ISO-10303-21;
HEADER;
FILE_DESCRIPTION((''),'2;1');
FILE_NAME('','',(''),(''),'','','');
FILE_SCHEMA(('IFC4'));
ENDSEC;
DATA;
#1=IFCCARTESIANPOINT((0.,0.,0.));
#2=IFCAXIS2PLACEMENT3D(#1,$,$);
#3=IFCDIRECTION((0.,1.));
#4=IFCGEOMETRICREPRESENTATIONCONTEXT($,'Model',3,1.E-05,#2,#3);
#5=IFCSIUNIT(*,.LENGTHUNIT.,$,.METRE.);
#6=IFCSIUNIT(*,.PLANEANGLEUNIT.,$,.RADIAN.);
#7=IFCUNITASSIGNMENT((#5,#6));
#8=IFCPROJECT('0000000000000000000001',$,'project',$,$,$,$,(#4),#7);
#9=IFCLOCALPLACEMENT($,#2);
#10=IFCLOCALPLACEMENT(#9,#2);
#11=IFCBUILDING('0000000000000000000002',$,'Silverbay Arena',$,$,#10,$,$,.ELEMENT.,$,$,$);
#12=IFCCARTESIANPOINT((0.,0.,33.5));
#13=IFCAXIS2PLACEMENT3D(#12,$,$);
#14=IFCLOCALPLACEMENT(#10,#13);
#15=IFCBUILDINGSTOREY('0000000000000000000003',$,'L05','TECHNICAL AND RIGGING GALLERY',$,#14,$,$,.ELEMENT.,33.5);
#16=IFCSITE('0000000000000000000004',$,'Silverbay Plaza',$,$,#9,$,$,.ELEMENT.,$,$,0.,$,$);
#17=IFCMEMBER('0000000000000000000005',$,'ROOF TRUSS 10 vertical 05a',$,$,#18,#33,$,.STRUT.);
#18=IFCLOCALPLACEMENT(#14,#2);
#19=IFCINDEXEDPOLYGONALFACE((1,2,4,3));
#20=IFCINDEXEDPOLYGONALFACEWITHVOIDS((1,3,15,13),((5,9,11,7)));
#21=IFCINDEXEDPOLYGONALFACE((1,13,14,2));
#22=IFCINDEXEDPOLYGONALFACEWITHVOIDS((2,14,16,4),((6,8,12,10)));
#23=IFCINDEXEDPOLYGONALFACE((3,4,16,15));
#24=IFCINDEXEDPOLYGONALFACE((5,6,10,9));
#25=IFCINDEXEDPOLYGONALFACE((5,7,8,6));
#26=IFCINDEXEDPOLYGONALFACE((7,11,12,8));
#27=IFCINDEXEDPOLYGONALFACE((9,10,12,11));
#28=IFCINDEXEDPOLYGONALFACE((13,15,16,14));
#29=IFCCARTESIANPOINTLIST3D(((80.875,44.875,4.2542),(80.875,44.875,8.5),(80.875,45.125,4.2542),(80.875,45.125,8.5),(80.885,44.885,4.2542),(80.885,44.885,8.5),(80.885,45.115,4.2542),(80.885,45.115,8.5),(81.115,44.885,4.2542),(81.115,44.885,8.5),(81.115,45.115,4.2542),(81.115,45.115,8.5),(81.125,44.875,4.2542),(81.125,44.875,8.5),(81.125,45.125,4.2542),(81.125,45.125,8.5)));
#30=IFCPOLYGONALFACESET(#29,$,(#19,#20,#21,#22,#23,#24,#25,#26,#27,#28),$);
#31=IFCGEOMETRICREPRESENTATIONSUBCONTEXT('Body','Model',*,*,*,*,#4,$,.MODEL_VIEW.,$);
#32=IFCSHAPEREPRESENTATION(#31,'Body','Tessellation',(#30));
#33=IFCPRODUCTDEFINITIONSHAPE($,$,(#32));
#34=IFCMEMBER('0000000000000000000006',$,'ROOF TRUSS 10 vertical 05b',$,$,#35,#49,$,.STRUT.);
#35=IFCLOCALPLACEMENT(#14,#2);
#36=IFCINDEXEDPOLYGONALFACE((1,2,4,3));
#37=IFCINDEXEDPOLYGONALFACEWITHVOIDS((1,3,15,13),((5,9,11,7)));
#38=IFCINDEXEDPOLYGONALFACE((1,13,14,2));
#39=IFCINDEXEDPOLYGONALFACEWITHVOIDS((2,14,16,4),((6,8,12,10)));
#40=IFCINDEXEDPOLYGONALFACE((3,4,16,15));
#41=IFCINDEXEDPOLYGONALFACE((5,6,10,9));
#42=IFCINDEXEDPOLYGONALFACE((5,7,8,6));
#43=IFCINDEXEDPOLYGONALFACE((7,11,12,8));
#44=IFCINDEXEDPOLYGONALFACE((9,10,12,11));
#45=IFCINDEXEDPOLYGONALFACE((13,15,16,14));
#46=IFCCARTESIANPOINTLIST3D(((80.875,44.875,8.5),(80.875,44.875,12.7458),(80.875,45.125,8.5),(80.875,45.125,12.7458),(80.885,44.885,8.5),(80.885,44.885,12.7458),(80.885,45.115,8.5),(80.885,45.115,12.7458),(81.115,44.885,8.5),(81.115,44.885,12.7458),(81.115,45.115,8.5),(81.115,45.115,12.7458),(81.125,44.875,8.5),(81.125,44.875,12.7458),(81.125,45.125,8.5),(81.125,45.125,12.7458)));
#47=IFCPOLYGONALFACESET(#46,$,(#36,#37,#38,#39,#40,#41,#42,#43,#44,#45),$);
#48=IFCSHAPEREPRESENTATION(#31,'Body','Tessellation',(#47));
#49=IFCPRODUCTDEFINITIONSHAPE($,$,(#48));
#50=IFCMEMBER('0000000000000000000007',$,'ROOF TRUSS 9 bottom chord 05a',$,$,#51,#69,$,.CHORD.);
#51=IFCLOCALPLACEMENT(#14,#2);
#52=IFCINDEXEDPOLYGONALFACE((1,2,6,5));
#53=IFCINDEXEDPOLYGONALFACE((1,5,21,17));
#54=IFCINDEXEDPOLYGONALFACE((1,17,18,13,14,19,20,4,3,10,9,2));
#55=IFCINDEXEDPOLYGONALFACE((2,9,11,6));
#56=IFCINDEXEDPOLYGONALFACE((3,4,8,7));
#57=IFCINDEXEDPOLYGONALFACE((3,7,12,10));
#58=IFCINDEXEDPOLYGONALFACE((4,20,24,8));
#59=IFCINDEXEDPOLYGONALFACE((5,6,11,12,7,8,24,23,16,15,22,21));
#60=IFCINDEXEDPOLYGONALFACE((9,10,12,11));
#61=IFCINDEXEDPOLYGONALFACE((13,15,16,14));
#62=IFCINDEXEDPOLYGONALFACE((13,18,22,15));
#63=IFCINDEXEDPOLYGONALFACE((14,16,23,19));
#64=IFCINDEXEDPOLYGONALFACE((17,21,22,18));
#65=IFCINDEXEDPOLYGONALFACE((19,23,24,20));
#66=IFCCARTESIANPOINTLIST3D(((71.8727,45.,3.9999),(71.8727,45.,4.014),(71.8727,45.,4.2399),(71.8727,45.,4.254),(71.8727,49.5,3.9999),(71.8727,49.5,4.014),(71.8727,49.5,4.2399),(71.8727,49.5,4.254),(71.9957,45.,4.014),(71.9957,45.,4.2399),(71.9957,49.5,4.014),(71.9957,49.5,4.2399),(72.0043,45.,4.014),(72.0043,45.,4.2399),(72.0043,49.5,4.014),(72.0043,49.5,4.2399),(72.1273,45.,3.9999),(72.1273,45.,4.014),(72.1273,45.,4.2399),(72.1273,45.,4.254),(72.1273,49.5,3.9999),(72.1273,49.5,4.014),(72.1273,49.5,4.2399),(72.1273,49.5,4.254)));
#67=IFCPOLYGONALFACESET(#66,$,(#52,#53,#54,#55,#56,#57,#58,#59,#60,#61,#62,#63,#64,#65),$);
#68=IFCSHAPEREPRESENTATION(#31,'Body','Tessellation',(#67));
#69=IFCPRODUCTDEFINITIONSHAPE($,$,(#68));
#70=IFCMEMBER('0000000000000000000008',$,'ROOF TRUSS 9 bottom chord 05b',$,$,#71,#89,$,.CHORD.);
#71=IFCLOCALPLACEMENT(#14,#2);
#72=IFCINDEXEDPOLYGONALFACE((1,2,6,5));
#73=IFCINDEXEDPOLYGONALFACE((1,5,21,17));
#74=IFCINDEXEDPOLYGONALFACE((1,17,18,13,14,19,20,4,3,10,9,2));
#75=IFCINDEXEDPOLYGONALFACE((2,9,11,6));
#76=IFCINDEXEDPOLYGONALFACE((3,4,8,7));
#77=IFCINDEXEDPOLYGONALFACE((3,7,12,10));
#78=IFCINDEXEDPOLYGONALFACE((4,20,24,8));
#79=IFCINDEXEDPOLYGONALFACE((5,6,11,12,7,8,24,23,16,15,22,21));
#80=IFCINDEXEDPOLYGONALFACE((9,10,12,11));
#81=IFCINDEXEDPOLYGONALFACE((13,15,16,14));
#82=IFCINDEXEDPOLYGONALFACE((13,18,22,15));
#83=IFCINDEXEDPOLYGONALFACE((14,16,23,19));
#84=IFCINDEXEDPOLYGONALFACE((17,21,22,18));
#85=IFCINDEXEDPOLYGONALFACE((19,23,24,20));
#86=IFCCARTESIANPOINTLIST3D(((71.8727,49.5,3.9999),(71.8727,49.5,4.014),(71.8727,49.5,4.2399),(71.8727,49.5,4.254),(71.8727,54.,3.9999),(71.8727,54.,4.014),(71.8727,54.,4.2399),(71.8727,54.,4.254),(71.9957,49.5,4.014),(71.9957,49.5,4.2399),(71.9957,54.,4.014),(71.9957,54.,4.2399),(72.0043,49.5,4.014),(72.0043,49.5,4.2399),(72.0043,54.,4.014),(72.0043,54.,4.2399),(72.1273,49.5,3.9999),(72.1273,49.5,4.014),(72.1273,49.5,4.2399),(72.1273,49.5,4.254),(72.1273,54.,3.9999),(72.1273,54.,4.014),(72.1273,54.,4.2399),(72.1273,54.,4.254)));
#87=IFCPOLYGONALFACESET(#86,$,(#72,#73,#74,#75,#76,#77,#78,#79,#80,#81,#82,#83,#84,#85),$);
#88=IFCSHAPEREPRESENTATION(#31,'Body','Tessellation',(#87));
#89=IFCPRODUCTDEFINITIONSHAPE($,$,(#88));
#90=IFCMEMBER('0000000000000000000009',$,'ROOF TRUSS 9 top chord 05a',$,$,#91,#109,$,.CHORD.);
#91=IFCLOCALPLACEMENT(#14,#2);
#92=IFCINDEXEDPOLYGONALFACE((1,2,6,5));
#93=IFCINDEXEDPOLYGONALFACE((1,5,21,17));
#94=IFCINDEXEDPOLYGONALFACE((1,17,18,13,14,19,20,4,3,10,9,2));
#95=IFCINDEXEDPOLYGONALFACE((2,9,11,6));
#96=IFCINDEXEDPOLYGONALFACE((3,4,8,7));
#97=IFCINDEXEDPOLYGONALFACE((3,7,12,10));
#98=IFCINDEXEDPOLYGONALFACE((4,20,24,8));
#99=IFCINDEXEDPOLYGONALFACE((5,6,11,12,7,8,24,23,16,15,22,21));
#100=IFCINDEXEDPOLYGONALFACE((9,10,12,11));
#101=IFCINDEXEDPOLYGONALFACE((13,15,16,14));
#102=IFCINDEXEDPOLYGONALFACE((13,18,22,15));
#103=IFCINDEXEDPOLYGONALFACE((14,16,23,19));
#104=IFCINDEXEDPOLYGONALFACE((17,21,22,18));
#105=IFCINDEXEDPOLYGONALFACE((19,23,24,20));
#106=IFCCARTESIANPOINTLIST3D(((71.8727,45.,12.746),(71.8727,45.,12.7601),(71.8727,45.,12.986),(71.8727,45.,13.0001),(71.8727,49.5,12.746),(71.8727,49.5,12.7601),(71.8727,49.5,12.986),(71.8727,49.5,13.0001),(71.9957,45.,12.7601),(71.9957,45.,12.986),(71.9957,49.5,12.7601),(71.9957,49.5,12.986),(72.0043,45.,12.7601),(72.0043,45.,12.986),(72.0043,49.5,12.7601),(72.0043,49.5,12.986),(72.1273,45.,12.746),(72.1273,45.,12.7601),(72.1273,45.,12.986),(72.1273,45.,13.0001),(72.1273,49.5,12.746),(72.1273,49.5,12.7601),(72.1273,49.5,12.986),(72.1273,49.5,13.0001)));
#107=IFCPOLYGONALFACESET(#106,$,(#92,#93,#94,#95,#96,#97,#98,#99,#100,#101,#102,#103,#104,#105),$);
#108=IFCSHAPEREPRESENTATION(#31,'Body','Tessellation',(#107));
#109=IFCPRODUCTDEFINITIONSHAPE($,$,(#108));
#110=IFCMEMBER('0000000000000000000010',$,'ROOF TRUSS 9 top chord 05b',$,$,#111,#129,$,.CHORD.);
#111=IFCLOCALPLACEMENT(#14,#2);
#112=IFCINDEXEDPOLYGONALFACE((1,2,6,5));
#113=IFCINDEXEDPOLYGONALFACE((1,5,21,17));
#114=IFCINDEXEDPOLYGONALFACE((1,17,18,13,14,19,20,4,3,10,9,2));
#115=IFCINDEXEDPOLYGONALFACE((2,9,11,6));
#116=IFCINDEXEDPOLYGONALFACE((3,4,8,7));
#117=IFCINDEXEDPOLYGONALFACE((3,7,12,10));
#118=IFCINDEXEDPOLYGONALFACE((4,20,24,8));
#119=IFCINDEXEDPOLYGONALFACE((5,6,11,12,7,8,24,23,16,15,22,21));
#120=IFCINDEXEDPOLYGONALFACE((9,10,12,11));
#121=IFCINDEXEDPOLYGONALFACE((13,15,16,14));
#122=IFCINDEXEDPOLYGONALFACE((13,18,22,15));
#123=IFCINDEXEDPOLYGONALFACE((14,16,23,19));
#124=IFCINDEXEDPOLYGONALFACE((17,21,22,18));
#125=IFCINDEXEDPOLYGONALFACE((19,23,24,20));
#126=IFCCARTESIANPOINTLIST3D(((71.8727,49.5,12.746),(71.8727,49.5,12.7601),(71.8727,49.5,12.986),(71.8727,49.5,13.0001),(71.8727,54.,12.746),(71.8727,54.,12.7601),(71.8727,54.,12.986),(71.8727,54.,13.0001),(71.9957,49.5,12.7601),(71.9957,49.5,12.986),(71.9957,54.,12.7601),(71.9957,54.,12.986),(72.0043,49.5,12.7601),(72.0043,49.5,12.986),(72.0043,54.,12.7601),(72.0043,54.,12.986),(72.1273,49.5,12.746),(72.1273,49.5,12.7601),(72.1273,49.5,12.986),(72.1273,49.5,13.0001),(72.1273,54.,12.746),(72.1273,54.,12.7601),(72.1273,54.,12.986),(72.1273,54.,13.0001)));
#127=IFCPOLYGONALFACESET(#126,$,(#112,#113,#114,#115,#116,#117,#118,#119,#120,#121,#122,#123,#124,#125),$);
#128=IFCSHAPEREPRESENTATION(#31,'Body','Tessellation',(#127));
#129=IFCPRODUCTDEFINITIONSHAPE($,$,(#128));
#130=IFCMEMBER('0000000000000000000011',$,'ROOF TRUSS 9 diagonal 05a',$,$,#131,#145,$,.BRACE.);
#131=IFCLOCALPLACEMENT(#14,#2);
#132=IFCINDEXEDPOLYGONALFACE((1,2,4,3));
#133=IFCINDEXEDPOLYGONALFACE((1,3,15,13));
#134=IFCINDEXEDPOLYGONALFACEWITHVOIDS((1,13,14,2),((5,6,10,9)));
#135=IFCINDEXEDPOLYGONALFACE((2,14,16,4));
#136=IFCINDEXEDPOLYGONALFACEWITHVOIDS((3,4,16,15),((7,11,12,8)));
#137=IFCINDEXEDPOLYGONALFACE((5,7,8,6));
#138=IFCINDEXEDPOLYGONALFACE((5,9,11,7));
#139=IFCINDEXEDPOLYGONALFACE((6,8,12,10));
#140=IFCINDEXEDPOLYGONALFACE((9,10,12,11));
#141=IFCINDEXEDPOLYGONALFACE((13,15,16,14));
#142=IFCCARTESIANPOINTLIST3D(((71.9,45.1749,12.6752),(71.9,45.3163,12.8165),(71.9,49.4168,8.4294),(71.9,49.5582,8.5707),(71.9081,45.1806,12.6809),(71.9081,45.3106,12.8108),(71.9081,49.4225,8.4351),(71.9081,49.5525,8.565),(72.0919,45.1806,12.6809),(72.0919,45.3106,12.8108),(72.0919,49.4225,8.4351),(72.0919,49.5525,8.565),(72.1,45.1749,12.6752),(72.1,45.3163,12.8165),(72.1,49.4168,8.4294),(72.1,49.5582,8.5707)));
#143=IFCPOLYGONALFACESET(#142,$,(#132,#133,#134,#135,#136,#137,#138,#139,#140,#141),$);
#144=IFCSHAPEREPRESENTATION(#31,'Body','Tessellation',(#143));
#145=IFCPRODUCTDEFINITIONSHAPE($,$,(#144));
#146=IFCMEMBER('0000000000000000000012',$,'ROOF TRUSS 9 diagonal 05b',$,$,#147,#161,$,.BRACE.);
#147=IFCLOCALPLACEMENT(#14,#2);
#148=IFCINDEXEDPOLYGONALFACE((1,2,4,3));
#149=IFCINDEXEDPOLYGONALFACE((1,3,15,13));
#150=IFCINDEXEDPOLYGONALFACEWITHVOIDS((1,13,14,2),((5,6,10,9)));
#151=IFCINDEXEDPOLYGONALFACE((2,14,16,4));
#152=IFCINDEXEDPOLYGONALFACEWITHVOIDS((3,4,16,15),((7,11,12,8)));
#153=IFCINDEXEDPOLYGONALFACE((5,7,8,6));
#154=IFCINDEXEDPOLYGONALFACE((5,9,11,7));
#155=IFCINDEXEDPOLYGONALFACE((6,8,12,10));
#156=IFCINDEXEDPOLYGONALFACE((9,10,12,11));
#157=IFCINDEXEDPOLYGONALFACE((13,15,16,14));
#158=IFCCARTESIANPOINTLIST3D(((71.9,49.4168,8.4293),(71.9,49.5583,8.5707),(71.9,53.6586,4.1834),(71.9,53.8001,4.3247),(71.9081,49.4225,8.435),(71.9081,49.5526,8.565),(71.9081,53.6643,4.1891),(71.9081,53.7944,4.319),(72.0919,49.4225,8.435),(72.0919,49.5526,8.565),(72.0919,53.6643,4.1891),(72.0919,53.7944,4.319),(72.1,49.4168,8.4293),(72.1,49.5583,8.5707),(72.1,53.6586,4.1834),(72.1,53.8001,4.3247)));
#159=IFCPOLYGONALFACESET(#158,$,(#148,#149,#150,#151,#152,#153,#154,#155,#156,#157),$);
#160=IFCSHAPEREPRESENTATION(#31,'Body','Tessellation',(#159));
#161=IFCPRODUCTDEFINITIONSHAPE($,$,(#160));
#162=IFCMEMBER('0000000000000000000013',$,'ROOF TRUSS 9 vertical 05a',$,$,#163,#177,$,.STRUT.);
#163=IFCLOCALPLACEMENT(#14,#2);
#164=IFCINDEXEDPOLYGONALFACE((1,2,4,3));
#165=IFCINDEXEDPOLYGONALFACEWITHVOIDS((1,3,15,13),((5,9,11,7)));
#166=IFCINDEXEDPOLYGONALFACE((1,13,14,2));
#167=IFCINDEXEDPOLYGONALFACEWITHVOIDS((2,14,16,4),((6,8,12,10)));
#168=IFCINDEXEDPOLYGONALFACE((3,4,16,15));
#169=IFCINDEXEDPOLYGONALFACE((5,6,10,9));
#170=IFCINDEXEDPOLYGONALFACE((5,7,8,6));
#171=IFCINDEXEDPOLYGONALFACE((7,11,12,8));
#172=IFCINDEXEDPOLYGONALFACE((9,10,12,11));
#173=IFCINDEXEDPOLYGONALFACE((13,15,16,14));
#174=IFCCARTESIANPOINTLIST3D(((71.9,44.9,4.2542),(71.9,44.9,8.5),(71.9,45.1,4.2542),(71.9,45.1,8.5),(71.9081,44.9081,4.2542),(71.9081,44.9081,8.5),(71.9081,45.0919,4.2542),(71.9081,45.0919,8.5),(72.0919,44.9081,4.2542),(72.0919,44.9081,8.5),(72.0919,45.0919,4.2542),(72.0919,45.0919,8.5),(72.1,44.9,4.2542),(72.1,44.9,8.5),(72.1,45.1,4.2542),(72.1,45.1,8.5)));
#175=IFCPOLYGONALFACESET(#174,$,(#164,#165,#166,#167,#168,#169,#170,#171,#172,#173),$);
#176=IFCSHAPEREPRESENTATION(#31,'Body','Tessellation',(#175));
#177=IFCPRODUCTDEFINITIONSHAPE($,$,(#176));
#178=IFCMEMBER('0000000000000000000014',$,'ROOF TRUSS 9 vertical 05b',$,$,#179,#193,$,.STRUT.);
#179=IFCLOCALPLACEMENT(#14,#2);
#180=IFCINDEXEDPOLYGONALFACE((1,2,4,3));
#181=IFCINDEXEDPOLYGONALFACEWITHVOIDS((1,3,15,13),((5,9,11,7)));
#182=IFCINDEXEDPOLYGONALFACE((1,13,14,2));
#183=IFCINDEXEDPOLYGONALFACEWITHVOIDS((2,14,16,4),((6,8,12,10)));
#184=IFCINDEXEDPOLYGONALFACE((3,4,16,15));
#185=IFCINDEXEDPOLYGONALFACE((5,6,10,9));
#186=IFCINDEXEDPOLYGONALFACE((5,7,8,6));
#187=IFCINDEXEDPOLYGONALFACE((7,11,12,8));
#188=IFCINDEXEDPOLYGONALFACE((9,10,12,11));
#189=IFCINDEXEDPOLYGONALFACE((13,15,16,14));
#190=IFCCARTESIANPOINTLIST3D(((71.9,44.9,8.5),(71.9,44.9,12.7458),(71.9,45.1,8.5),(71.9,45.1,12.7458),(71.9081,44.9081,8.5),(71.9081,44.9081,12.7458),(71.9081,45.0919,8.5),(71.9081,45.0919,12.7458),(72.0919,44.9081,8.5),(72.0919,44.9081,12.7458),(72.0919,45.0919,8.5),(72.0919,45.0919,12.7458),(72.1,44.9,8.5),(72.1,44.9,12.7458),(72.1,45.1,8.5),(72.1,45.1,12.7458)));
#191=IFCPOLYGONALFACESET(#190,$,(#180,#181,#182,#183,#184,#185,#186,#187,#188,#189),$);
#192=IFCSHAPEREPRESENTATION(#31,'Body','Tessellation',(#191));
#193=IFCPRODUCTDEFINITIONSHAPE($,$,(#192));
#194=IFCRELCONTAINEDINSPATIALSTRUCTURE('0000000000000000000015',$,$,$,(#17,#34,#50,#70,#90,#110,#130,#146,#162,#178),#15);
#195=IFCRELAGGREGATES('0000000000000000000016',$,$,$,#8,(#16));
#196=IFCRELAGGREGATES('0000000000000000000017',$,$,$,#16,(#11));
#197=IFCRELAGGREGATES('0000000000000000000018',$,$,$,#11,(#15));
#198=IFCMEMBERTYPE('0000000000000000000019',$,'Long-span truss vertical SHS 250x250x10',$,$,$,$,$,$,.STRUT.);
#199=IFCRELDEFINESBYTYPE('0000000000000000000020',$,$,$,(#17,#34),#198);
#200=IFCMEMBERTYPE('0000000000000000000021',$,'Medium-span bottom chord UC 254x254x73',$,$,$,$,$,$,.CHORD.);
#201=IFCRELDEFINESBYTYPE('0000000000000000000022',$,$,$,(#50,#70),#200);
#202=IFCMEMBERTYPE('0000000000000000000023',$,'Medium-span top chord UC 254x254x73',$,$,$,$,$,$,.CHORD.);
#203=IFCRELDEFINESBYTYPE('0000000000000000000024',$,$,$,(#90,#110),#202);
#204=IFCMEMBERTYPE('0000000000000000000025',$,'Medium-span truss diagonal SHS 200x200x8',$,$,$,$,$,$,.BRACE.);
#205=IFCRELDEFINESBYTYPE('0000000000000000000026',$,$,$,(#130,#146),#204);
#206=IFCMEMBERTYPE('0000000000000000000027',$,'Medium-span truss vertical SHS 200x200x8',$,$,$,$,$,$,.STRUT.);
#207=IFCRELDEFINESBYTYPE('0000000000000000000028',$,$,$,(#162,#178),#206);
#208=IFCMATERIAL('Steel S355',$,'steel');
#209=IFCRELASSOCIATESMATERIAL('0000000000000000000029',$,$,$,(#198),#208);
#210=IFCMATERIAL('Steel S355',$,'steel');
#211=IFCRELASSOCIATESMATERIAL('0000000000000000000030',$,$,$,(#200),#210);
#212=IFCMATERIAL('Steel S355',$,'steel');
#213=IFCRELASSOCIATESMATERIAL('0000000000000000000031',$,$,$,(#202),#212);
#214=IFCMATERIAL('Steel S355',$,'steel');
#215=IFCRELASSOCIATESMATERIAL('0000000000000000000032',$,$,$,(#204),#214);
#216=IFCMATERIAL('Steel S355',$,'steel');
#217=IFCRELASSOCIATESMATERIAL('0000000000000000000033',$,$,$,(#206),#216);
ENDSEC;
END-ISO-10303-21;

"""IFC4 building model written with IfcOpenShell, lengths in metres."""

from ifc_helpers import new_model, si_unit, direction, frame, origin, origin_2d, place, context, subcontext, project, spatial, hollow_rectangle, i_section, extrude, material, material_profile, profile_set, type_object, element, save


model = new_model("IFC4")

# Units and contexts
model_context = context("Model", 3, precision=1e-05, world=origin(), true_north=direction((0.0, 1.0)))
body_context = subcontext(model_context, "Body", "Model", "MODEL_VIEW")
ifc_project = project(units=[si_unit("LENGTHUNIT", "METRE"), si_unit("PLANEANGLEUNIT", "RADIAN")], contexts=[model_context])

# Site, building, storey
site_placement = place(None, origin())
site = spatial("IfcSite", under=ifc_project, at=site_placement, Name="Silverbay Plaza", CompositionType="ELEMENT", RefElevation=0.0)
building_placement = place(site_placement, origin())
building = spatial("IfcBuilding", under=site, at=building_placement, Name="Silverbay Arena", CompositionType="ELEMENT")
storey_placement = place(building_placement, frame((0.0, 0.0, 33.5)))
storey = spatial("IfcBuildingStorey", under=building, at=storey_placement, Name="L05", Description="TECHNICAL AND RIGGING GALLERY", CompositionType="ELEMENT", Elevation=33.5)

# Members
ifc_material_1 = material(Name="Steel S355", Category="steel")
ifc_material_profile_1 = material_profile(ifc_material_1, hollow_rectangle(XDim=0.25, YDim=0.25, WallThickness=0.01, at=origin_2d()), Name="SHS 250x250x10")
ifc_profile_set_1 = profile_set([ifc_material_profile_1], Name="Steel S355")
member_type_1 = type_object("IfcMemberType", Name="Long-span truss vertical SHS 250x250x10", PredefinedType="STRUT", material=ifc_profile_set_1)
for number, where, z_axis, x_axis, name in (
    (1, (81.0, 45.0, 4.2542), (0.0, 0.0, 1.0), (1.0, 0.0, 0.0), "ROOF TRUSS 10 vertical 05a"),
    (2, (81.0, 45.0, 8.5), (0.0, 0.0, 1.0), (1.0, 0.0, 0.0), "ROOF TRUSS 10 vertical 05b"),
):
    element("IfcMember", number, at=place(storey_placement, frame(where, z_axis=z_axis, x_axis=x_axis)), inside=storey, type_object=member_type_1, Name=name, PredefinedType="STRUT", context=body_context, shape_type="SweptSolid", body=[
        extrude(hollow_rectangle(XDim=0.25, YDim=0.25, WallThickness=0.01, at=origin_2d()), origin(), (0.0, 0.0, 1.0), 4.2458),
    ])
ifc_material_2 = material(Name="Steel S355", Category="steel")
ifc_material_profile_2 = material_profile(ifc_material_2, i_section(OverallWidth=0.2546, OverallDepth=0.2542, WebThickness=0.0085, FlangeThickness=0.0142, at=origin_2d()), Name="UC 254x254x73")
ifc_profile_set_2 = profile_set([ifc_material_profile_2], Name="Steel S355")
member_type_2 = type_object("IfcMemberType", Name="Medium-span bottom chord UC 254x254x73", PredefinedType="CHORD", material=ifc_profile_set_2)
for number, where, z_axis, x_axis, name in (
    (3, (72.0, 45.0, 4.127), (0.0, 1.0, 0.0), (-1.0, 0.0, 0.0), "ROOF TRUSS 9 bottom chord 05a"),
    (4, (72.0, 49.5, 4.127), (0.0, 1.0, 0.0), (-1.0, 0.0, 0.0), "ROOF TRUSS 9 bottom chord 05b"),
):
    element("IfcMember", number, at=place(storey_placement, frame(where, z_axis=z_axis, x_axis=x_axis)), inside=storey, type_object=member_type_2, Name=name, PredefinedType="CHORD", context=body_context, shape_type="SweptSolid", body=[
        extrude(i_section(OverallWidth=0.2546, OverallDepth=0.2542, WebThickness=0.0085, FlangeThickness=0.0142, at=origin_2d()), origin(), (0.0, 0.0, 1.0), 4.5),
    ])
ifc_material_3 = material(Name="Steel S355", Category="steel")
ifc_material_profile_3 = material_profile(ifc_material_3, i_section(OverallWidth=0.2546, OverallDepth=0.2542, WebThickness=0.0085, FlangeThickness=0.0142, at=origin_2d()), Name="UC 254x254x73")
ifc_profile_set_3 = profile_set([ifc_material_profile_3], Name="Steel S355")
member_type_3 = type_object("IfcMemberType", Name="Medium-span top chord UC 254x254x73", PredefinedType="CHORD", material=ifc_profile_set_3)
for number, where, z_axis, x_axis, name in (
    (5, (72.0, 45.0, 12.873), (0.0, 1.0, 0.0), (-1.0, 0.0, 0.0), "ROOF TRUSS 9 top chord 05a"),
    (6, (72.0, 49.5, 12.873), (0.0, 1.0, 0.0), (-1.0, 0.0, 0.0), "ROOF TRUSS 9 top chord 05b"),
):
    element("IfcMember", number, at=place(storey_placement, frame(where, z_axis=z_axis, x_axis=x_axis)), inside=storey, type_object=member_type_3, Name=name, PredefinedType="CHORD", context=body_context, shape_type="SweptSolid", body=[
        extrude(i_section(OverallWidth=0.2546, OverallDepth=0.2542, WebThickness=0.0085, FlangeThickness=0.0142, at=origin_2d()), origin(), (0.0, 0.0, 1.0), 4.5),
    ])
ifc_material_4 = material(Name="Steel S355", Category="steel")
ifc_material_profile_4 = material_profile(ifc_material_4, hollow_rectangle(XDim=0.2, YDim=0.2, WallThickness=0.0081, at=origin_2d()), Name="SHS 200x200x8")
ifc_profile_set_4 = profile_set([ifc_material_profile_4], Name="Steel S355")
member_type_4 = type_object("IfcMemberType", Name="Medium-span truss diagonal SHS 200x200x8", PredefinedType="BRACE", material=ifc_profile_set_4)
for number, where, z_axis, x_axis, name in (
    (7, (72.0, 45.2456, 12.7458), (0.0, 0.706781, -0.707432), (-1.0, 0.0, 0.0), "ROOF TRUSS 9 diagonal 05a"),
    (8, (72.0, 49.4875, 8.5), (0.0, 0.706761, -0.707452), (-1.0, 0.0, 0.0), "ROOF TRUSS 9 diagonal 05b"),
):
    element("IfcMember", number, at=place(storey_placement, frame(where, z_axis=z_axis, x_axis=x_axis)), inside=storey, type_object=member_type_4, Name=name, PredefinedType="BRACE", context=body_context, shape_type="SweptSolid", body=[
        extrude(hollow_rectangle(XDim=0.2, YDim=0.2, WallThickness=0.0081, at=origin_2d()), origin(), (0.0, 0.0, 1.0), 6.0017),
    ])
ifc_material_5 = material(Name="Steel S355", Category="steel")
ifc_material_profile_5 = material_profile(ifc_material_5, hollow_rectangle(XDim=0.2, YDim=0.2, WallThickness=0.0081, at=origin_2d()), Name="SHS 200x200x8")
ifc_profile_set_5 = profile_set([ifc_material_profile_5], Name="Steel S355")
member_type_5 = type_object("IfcMemberType", Name="Medium-span truss vertical SHS 200x200x8", PredefinedType="STRUT", material=ifc_profile_set_5)
for number, where, z_axis, x_axis, name in (
    (9, (72.0, 45.0, 4.2542), (0.0, 0.0, 1.0), (1.0, 0.0, 0.0), "ROOF TRUSS 9 vertical 05a"),
    (10, (72.0, 45.0, 8.5), (0.0, 0.0, 1.0), (1.0, 0.0, 0.0), "ROOF TRUSS 9 vertical 05b"),
):
    element("IfcMember", number, at=place(storey_placement, frame(where, z_axis=z_axis, x_axis=x_axis)), inside=storey, type_object=member_type_5, Name=name, PredefinedType="STRUT", context=body_context, shape_type="SweptSolid", body=[
        extrude(hollow_rectangle(XDim=0.2, YDim=0.2, WallThickness=0.0081, at=origin_2d()), origin(), (0.0, 0.0, 1.0), 4.2458),
    ])

save(model, "model.ifc")
